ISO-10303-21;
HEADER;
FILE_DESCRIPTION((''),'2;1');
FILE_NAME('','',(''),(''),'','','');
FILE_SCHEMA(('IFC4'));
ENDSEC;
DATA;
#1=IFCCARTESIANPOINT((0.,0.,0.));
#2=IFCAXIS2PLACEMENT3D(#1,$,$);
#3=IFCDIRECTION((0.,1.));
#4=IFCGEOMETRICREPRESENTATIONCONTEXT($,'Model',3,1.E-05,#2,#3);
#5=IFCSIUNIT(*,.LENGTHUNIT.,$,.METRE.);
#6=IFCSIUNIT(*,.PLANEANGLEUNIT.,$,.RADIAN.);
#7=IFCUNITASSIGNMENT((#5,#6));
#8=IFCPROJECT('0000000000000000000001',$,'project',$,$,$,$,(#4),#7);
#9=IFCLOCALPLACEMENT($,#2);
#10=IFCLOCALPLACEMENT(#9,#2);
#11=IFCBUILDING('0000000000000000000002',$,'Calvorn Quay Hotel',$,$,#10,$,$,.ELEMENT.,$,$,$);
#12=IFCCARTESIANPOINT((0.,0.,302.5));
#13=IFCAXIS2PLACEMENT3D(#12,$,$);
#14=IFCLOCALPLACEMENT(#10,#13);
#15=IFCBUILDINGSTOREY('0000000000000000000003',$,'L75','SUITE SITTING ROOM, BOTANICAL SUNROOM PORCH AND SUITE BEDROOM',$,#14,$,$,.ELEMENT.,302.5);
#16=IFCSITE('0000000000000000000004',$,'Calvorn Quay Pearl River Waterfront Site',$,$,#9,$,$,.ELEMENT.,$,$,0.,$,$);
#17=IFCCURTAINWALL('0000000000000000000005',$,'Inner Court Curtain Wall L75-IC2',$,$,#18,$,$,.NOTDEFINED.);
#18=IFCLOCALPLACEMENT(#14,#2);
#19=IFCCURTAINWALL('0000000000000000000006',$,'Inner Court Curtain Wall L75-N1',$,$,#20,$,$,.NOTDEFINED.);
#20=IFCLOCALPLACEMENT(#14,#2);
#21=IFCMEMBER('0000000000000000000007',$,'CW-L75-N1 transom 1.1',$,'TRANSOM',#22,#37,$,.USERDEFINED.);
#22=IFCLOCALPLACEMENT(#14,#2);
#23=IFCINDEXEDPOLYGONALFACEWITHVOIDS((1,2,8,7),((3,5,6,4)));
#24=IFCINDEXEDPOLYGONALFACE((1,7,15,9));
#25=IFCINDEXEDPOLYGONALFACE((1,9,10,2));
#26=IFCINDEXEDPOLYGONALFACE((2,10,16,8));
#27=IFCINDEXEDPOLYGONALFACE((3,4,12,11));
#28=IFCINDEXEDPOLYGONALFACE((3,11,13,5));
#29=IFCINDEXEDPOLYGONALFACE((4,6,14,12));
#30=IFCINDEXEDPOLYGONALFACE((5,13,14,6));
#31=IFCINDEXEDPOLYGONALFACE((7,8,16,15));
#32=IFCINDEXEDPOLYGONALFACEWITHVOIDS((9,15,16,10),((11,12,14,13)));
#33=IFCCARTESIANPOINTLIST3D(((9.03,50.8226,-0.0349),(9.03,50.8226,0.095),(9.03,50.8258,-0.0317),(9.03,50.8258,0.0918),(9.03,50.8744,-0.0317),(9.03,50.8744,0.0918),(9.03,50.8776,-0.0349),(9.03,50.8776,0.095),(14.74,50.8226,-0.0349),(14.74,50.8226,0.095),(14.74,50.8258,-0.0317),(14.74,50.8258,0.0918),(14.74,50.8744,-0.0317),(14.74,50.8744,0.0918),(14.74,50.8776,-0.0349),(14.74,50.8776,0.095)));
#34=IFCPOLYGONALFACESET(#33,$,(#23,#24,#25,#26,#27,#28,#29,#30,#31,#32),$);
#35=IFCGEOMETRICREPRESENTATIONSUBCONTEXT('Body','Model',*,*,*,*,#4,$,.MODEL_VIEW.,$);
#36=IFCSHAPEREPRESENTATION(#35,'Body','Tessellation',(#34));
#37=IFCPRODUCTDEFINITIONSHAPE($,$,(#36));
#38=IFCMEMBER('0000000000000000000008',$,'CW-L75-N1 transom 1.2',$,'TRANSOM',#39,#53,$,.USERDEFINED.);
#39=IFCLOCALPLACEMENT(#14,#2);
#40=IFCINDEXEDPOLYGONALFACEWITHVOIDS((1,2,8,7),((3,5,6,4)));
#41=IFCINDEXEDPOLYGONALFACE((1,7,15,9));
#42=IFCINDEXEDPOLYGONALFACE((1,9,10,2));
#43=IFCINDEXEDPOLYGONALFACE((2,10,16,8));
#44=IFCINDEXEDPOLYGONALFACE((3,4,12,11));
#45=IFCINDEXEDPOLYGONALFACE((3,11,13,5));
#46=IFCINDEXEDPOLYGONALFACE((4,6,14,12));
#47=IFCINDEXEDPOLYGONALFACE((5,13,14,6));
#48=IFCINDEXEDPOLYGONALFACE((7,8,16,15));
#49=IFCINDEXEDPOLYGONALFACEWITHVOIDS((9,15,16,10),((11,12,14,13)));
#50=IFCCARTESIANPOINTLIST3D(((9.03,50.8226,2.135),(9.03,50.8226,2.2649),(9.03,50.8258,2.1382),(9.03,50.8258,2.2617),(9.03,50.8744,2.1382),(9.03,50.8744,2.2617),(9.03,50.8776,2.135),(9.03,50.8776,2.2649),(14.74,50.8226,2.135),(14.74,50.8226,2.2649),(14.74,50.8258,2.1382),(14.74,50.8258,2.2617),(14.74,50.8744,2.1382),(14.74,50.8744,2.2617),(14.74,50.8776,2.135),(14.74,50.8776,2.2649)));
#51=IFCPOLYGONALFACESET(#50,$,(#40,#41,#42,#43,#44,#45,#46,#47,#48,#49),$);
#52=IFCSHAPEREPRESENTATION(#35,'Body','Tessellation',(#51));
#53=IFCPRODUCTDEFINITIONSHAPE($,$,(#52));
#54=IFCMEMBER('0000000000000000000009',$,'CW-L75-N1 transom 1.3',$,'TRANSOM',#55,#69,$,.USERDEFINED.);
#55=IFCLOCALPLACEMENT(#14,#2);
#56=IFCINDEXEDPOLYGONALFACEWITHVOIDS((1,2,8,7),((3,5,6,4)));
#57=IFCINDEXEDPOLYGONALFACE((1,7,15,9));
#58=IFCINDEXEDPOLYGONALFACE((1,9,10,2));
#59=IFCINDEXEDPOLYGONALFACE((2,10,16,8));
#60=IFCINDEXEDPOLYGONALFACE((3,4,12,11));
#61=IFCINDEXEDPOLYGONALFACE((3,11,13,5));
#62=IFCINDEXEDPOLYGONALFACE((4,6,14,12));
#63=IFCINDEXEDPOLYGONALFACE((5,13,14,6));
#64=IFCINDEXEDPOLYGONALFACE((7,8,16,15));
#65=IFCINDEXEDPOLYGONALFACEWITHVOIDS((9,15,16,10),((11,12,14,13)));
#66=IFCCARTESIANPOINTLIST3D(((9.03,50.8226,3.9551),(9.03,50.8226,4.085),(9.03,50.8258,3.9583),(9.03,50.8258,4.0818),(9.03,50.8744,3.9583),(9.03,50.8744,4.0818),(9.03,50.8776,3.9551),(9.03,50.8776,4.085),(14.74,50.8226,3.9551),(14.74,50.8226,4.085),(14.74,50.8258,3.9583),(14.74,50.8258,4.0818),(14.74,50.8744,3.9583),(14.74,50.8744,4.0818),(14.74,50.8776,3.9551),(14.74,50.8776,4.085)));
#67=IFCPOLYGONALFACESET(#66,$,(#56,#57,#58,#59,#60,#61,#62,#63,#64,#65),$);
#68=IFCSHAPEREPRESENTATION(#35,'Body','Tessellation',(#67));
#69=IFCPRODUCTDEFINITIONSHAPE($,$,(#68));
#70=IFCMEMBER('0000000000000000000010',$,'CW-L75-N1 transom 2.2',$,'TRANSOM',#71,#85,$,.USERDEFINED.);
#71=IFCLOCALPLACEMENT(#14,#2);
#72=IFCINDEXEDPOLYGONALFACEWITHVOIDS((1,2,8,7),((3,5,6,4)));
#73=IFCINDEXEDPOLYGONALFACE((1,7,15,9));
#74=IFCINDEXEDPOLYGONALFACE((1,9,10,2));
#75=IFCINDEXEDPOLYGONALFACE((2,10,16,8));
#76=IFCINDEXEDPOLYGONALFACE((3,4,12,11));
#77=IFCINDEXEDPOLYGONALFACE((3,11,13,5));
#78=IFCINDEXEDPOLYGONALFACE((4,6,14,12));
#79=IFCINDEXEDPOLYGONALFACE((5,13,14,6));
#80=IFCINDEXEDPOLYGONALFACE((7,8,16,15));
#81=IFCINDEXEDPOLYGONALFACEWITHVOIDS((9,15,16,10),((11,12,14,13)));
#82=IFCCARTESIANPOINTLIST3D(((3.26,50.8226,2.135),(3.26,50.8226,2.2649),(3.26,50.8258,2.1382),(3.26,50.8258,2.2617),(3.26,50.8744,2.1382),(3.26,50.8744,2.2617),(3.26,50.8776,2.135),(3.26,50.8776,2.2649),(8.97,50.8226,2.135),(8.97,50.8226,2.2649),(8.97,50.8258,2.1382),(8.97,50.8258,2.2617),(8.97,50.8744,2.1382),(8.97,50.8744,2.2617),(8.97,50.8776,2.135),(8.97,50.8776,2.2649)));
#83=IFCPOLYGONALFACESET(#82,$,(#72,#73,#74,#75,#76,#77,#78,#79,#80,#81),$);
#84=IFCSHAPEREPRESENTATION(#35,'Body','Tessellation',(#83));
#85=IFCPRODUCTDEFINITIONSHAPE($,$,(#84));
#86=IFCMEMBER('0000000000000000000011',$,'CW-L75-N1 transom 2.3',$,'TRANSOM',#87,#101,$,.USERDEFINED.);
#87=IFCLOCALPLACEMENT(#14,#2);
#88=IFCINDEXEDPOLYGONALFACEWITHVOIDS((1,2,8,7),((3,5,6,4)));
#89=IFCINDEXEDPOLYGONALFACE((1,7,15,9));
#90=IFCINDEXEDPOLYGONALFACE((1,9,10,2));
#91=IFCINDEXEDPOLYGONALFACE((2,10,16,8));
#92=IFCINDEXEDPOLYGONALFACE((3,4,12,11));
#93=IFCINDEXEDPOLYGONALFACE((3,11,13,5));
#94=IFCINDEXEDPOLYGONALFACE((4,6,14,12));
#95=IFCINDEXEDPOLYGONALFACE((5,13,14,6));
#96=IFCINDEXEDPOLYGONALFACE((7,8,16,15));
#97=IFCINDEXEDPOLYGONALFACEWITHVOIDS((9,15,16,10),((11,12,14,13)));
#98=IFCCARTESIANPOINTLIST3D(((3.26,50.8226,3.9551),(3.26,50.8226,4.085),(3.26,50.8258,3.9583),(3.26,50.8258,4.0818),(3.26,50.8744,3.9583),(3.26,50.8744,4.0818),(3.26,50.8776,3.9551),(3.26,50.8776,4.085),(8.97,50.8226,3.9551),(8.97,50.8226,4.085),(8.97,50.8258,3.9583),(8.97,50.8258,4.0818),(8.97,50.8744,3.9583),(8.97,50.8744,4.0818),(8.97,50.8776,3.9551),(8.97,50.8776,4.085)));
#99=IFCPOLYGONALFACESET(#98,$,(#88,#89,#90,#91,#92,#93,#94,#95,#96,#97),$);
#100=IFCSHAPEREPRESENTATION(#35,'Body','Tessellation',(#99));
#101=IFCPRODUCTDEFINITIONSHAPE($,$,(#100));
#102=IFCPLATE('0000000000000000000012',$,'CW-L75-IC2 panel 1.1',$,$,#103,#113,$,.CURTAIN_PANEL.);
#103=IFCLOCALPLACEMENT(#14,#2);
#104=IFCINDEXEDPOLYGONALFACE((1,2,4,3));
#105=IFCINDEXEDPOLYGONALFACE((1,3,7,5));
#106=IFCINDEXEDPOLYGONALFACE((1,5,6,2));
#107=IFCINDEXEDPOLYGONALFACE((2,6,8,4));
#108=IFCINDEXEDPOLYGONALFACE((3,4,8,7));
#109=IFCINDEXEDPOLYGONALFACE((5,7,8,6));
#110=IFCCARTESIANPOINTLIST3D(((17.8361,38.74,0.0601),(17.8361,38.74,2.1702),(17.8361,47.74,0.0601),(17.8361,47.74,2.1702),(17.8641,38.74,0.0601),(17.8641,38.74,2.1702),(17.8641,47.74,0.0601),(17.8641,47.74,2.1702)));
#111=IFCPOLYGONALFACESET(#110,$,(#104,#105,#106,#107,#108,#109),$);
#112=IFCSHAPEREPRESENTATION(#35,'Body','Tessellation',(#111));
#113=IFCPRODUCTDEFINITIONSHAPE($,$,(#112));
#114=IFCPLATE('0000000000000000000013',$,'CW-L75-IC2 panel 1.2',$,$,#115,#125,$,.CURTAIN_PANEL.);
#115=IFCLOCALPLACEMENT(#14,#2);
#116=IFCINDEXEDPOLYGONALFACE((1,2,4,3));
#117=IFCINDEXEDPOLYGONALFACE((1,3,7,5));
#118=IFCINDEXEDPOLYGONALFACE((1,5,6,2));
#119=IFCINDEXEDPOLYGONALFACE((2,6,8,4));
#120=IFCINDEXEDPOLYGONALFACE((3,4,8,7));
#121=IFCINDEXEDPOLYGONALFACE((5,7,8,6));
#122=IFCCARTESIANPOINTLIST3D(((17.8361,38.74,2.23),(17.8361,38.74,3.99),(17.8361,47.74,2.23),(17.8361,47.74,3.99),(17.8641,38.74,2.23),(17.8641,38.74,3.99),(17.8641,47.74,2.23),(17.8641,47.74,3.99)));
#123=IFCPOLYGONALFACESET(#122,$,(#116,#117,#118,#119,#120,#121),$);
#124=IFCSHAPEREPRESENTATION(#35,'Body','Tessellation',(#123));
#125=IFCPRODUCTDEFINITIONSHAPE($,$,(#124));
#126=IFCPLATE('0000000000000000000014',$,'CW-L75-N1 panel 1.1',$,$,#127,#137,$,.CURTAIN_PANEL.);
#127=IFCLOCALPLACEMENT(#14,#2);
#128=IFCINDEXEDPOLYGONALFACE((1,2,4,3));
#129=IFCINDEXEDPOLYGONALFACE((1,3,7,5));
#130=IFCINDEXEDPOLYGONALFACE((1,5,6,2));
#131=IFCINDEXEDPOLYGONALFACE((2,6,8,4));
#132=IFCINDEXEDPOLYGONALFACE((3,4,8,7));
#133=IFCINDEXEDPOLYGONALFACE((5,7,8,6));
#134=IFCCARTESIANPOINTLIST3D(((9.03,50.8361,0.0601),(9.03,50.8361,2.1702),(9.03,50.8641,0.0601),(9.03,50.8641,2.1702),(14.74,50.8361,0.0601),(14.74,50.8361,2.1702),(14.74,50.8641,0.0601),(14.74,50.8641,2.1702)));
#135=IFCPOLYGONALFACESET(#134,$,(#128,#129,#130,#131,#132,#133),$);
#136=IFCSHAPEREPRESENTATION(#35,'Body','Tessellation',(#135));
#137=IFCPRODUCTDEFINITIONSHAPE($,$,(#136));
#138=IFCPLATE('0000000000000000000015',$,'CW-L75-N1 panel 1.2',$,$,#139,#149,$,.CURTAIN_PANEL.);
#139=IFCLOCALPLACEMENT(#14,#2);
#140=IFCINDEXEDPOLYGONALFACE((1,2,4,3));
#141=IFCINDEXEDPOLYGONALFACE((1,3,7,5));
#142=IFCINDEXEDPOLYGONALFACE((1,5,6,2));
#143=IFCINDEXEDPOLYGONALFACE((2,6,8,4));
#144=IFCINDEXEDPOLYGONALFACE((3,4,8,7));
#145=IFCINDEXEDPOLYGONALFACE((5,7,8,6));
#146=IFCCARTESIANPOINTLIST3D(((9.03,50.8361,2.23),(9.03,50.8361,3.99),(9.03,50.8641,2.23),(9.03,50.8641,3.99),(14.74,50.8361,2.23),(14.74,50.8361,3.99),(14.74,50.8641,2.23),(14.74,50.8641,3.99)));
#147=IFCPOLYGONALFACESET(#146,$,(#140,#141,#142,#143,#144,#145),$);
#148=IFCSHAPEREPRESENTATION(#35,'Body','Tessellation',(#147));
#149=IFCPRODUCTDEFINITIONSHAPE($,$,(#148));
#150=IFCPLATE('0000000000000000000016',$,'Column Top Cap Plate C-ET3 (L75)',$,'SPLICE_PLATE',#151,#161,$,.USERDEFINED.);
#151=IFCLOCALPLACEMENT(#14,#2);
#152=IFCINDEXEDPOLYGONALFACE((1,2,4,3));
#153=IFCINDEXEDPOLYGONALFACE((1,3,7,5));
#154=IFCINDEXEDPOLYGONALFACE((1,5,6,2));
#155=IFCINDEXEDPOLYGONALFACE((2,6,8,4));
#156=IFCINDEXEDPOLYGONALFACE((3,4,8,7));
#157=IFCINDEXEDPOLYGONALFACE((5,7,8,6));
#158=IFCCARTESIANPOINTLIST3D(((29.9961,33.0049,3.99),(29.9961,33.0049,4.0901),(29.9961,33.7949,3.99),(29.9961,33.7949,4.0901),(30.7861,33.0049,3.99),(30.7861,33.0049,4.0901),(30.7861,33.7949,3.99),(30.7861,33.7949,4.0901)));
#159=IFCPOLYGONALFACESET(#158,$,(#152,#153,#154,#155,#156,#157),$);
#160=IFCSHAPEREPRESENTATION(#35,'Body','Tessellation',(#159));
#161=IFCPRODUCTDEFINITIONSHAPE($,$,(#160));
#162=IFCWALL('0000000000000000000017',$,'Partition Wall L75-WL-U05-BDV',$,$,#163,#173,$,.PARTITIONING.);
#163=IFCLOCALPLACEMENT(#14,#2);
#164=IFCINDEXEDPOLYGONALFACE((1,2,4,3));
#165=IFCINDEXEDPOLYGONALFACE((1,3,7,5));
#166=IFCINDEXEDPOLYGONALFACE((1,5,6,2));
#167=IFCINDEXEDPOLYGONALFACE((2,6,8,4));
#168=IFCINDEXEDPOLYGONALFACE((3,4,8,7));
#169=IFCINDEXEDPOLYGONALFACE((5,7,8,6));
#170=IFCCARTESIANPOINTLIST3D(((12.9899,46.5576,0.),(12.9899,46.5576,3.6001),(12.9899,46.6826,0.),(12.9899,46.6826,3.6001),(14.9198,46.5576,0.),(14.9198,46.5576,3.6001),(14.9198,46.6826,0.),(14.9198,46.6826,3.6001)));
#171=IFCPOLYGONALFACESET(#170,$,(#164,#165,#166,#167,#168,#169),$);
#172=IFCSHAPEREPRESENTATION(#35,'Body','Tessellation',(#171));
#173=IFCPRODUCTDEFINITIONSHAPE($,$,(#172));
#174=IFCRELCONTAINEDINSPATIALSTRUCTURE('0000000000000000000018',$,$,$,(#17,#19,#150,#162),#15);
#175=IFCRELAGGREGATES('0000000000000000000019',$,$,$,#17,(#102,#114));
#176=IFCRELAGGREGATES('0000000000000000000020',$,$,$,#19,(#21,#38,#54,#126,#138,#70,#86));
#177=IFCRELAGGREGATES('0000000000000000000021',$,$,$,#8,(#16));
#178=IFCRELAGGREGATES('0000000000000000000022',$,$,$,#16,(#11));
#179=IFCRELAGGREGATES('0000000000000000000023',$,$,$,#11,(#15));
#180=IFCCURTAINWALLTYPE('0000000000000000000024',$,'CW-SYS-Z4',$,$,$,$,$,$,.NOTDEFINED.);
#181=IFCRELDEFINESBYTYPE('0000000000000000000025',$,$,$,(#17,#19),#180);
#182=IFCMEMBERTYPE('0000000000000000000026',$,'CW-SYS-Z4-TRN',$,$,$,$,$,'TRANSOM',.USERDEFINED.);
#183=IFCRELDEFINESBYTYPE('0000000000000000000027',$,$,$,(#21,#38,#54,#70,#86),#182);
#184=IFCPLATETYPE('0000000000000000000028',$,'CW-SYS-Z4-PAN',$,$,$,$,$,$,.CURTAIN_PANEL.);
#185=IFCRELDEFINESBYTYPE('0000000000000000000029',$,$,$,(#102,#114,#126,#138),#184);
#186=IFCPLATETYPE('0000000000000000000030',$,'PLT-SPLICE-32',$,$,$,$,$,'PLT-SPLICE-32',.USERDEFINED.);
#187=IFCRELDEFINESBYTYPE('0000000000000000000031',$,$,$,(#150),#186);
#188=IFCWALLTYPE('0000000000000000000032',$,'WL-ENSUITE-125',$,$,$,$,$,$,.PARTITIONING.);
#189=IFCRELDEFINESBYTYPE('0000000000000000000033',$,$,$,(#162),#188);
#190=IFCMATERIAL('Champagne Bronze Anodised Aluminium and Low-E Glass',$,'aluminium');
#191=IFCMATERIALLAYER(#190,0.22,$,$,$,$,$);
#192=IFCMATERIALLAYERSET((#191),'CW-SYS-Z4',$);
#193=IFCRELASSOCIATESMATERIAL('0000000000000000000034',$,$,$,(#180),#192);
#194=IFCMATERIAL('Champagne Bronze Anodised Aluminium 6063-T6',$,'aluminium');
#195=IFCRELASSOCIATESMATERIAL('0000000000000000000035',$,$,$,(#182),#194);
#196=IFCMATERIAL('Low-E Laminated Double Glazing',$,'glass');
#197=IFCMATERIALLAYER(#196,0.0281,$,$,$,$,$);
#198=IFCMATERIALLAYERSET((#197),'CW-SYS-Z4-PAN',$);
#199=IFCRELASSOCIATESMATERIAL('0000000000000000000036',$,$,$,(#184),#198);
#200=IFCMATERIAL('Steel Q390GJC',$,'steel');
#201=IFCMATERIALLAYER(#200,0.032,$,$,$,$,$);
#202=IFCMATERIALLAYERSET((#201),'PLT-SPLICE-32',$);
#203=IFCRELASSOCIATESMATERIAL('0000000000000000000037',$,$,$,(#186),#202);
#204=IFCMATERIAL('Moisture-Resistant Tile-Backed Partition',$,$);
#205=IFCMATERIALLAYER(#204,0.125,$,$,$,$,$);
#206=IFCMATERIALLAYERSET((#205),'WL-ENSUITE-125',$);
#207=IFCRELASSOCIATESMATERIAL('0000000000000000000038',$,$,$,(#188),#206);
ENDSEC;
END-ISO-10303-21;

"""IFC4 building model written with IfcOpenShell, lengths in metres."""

from ifc_helpers import new_model, si_unit, direction, frame, frame_2d, origin, origin_2d, place, context, subcontext, project, spatial, rectangle, hollow_rectangle, extrude, material, layer, layer_set, material_profile, profile_set, type_object, element, aggregate, save


model = new_model("IFC4")

# Units and contexts
model_context = context("Model", 3, precision=1e-05, world=origin(), true_north=direction((0.0, 1.0)))
body_context = subcontext(model_context, "Body", "Model", "MODEL_VIEW")
ifc_project = project(units=[si_unit("LENGTHUNIT", "METRE"), si_unit("PLANEANGLEUNIT", "RADIAN")], contexts=[model_context])

# Site, building, storey
site_placement = place(None, origin())
site = spatial("IfcSite", under=ifc_project, at=site_placement, Name="Calvorn Quay Pearl River Waterfront Site", CompositionType="ELEMENT", RefElevation=0.0)
building_placement = place(site_placement, origin())
building = spatial("IfcBuilding", under=site, at=building_placement, Name="Calvorn Quay Hotel", CompositionType="ELEMENT")
storey_placement = place(building_placement, frame((0.0, 0.0, 302.5)))
storey = spatial("IfcBuildingStorey", under=building, at=storey_placement, Name="L75", Description="SUITE SITTING ROOM, BOTANICAL SUNROOM PORCH AND SUITE BEDROOM", CompositionType="ELEMENT", Elevation=302.5)

# Shared definitions
ifc_material_1 = material(Name="Champagne Bronze Anodised Aluminium and Low-E Glass", Category="aluminium")
ifc_layer_1 = layer(ifc_material_1, 0.22)
ifc_layer_set_1 = layer_set([ifc_layer_1], Name="CW-SYS-Z4")
curtain_wall_type = type_object("IfcCurtainWallType", Name="CW-SYS-Z4", PredefinedType="NOTDEFINED", material=ifc_layer_set_1)

# Curtain walls
curtain_wall_1_placement = place(storey_placement, origin())
curtain_wall_1 = element("IfcCurtainWall", 1, at=curtain_wall_1_placement, inside=storey, type_object=curtain_wall_type, Name="Inner Court Curtain Wall L75-IC2", PredefinedType="NOTDEFINED")
curtain_wall_2_placement = place(storey_placement, origin())
curtain_wall_2 = element("IfcCurtainWall", 2, at=curtain_wall_2_placement, inside=storey, type_object=curtain_wall_type, Name="Inner Court Curtain Wall L75-N1", PredefinedType="NOTDEFINED")

# Members
ifc_material_2 = material(Name="Champagne Bronze Anodised Aluminium 6063-T6", Category="aluminium")
ifc_material_profile_1 = material_profile(ifc_material_2, hollow_rectangle(XDim=0.0549, YDim=0.1299, WallThickness=0.0032, at=origin_2d()), Name="ALU-T130x55x3.2")
ifc_profile_set_1 = profile_set([ifc_material_profile_1], Name="Champagne Bronze Anodised Aluminium 6063-T6")
member_type_1 = type_object("IfcMemberType", Name="CW-SYS-Z4-TRN", ElementType="TRANSOM", PredefinedType="USERDEFINED", material=ifc_profile_set_1)
member_1_placement = place(storey_placement, frame((14.74, 50.8501, 0.03), z_axis=(-1.0, 0.0, 0.0), x_axis=(0.0, -1.0, 0.0)))
member_1 = element("IfcMember", 3, at=member_1_placement, type_object=member_type_1, Name="CW-L75-N1 transom 1.1", ObjectType="TRANSOM", PredefinedType="USERDEFINED", context=body_context, shape_type="SweptSolid", body=[
    extrude(hollow_rectangle(XDim=0.0549, YDim=0.1299, WallThickness=0.0032, at=origin_2d()), origin(), (0.0, 0.0, 1.0), 5.71),
])
member_2_placement = place(storey_placement, frame((14.74, 50.8501, 2.2), z_axis=(-1.0, 0.0, 0.0), x_axis=(0.0, -1.0, 0.0)))
member_2 = element("IfcMember", 4, at=member_2_placement, type_object=member_type_1, Name="CW-L75-N1 transom 1.2", ObjectType="TRANSOM", PredefinedType="USERDEFINED", context=body_context, shape_type="SweptSolid", body=[
    extrude(hollow_rectangle(XDim=0.0549, YDim=0.1299, WallThickness=0.0032, at=origin_2d()), origin(), (0.0, 0.0, 1.0), 5.71),
])
member_3_placement = place(storey_placement, frame((14.74, 50.8501, 4.02), z_axis=(-1.0, 0.0, 0.0), x_axis=(0.0, -1.0, 0.0)))
member_3 = element("IfcMember", 5, at=member_3_placement, type_object=member_type_1, Name="CW-L75-N1 transom 1.3", ObjectType="TRANSOM", PredefinedType="USERDEFINED", context=body_context, shape_type="SweptSolid", body=[
    extrude(hollow_rectangle(XDim=0.0549, YDim=0.1299, WallThickness=0.0032, at=origin_2d()), origin(), (0.0, 0.0, 1.0), 5.71),
])
member_4_placement = place(storey_placement, frame((8.97, 50.8501, 2.2), z_axis=(-1.0, 0.0, 0.0), x_axis=(0.0, -1.0, 0.0)))
member_4 = element("IfcMember", 6, at=member_4_placement, type_object=member_type_1, Name="CW-L75-N1 transom 2.2", ObjectType="TRANSOM", PredefinedType="USERDEFINED", context=body_context, shape_type="SweptSolid", body=[
    extrude(hollow_rectangle(XDim=0.0549, YDim=0.1299, WallThickness=0.0032, at=origin_2d()), origin(), (0.0, 0.0, 1.0), 5.71),
])
member_5_placement = place(storey_placement, frame((8.97, 50.8501, 4.02), z_axis=(-1.0, 0.0, 0.0), x_axis=(0.0, -1.0, 0.0)))
member_5 = element("IfcMember", 7, at=member_5_placement, type_object=member_type_1, Name="CW-L75-N1 transom 2.3", ObjectType="TRANSOM", PredefinedType="USERDEFINED", context=body_context, shape_type="SweptSolid", body=[
    extrude(hollow_rectangle(XDim=0.0549, YDim=0.1299, WallThickness=0.0032, at=origin_2d()), origin(), (0.0, 0.0, 1.0), 5.71),
])

# Plates
ifc_material_3 = material(Name="Low-E Laminated Double Glazing", Category="glass")
ifc_layer_2 = layer(ifc_material_3, 0.0281)
ifc_layer_set_2 = layer_set([ifc_layer_2], Name="CW-SYS-Z4-PAN")
plate_type_1 = type_object("IfcPlateType", Name="CW-SYS-Z4-PAN", PredefinedType="CURTAIN_PANEL", material=ifc_layer_set_2)
plate_1_placement = place(storey_placement, frame((17.8501, 43.24, 0.0601), z_axis=(0.0, 0.0, 1.0), x_axis=(0.0, 1.0, 0.0)))
plate_1 = element("IfcPlate", 8, at=plate_1_placement, type_object=plate_type_1, Name="CW-L75-IC2 panel 1.1", PredefinedType="CURTAIN_PANEL", context=body_context, shape_type="SweptSolid", body=[
    extrude(rectangle(XDim=9.0, YDim=0.0281, at=origin_2d()), origin(), (0.0, 0.0, 1.0), 2.1101),
])
plate_2_placement = place(storey_placement, frame((17.8501, 43.24, 2.23), z_axis=(0.0, 0.0, 1.0), x_axis=(0.0, 1.0, 0.0)))
plate_2 = element("IfcPlate", 9, at=plate_2_placement, type_object=plate_type_1, Name="CW-L75-IC2 panel 1.2", PredefinedType="CURTAIN_PANEL", context=body_context, shape_type="SweptSolid", body=[
    extrude(rectangle(XDim=9.0, YDim=0.0281, at=origin_2d()), origin(), (0.0, 0.0, 1.0), 1.76),
])
aggregate(curtain_wall_1, [plate_1, plate_2])
plate_3_placement = place(storey_placement, frame((11.885, 50.8501, 0.0601), z_axis=(0.0, 0.0, 1.0), x_axis=(-1.0, 0.0, 0.0)))
plate_3 = element("IfcPlate", 10, at=plate_3_placement, type_object=plate_type_1, Name="CW-L75-N1 panel 1.1", PredefinedType="CURTAIN_PANEL", context=body_context, shape_type="SweptSolid", body=[
    extrude(rectangle(XDim=5.71, YDim=0.0281, at=origin_2d()), origin(), (0.0, 0.0, 1.0), 2.1101),
])
plate_4_placement = place(storey_placement, frame((11.885, 50.8501, 2.23), z_axis=(0.0, 0.0, 1.0), x_axis=(-1.0, 0.0, 0.0)))
plate_4 = element("IfcPlate", 11, at=plate_4_placement, type_object=plate_type_1, Name="CW-L75-N1 panel 1.2", PredefinedType="CURTAIN_PANEL", context=body_context, shape_type="SweptSolid", body=[
    extrude(rectangle(XDim=5.71, YDim=0.0281, at=origin_2d()), origin(), (0.0, 0.0, 1.0), 1.76),
])
aggregate(curtain_wall_2, [member_1, member_2, member_3, plate_3, plate_4, member_4, member_5])
ifc_material_4 = material(Name="Steel Q390GJC", Category="steel")
ifc_layer_3 = layer(ifc_material_4, 0.032)
ifc_layer_set_3 = layer_set([ifc_layer_3], Name="PLT-SPLICE-32")
plate_type_2 = type_object("IfcPlateType", Name="PLT-SPLICE-32", ElementType="PLT-SPLICE-32", PredefinedType="USERDEFINED", material=ifc_layer_set_3)
plate_5_placement = place(storey_placement, frame((30.3911, 33.3999, 3.99), z_axis=(0.0, 0.0, 1.0), x_axis=(1.0, 0.0, 0.0)))
element("IfcPlate", 12, at=plate_5_placement, inside=storey, type_object=plate_type_2, Name="Column Top Cap Plate C-ET3 (L75)", ObjectType="SPLICE_PLATE", PredefinedType="USERDEFINED", context=body_context, shape_type="SweptSolid", body=[
    extrude(rectangle(XDim=0.79, YDim=0.79, at=origin_2d()), origin(), (0.0, 0.0, 1.0), 0.1001),
])

# Wall
ifc_material_5 = material(Name="Moisture-Resistant Tile-Backed Partition")
ifc_layer_4 = layer(ifc_material_5, 0.125)
ifc_layer_set_4 = layer_set([ifc_layer_4], Name="WL-ENSUITE-125")
wall_type_1 = type_object("IfcWallType", Name="WL-ENSUITE-125", PredefinedType="PARTITIONING", material=ifc_layer_set_4)
wall_1_placement = place(storey_placement, frame((12.99, 46.6201, 0.0), z_axis=(0.0, 0.0, 1.0), x_axis=(1.0, 0.0, 0.0)))
element("IfcWall", 13, at=wall_1_placement, inside=storey, type_object=wall_type_1, Name="Partition Wall L75-WL-U05-BDV", PredefinedType="PARTITIONING", context=body_context, shape_type="SweptSolid", body=[
    extrude(rectangle(XDim=1.9299, YDim=0.125, at=frame_2d((0.9648, 0.0))), origin(), (0.0, 0.0, 1.0), 3.6001),
])

save(model, "model.ifc")
